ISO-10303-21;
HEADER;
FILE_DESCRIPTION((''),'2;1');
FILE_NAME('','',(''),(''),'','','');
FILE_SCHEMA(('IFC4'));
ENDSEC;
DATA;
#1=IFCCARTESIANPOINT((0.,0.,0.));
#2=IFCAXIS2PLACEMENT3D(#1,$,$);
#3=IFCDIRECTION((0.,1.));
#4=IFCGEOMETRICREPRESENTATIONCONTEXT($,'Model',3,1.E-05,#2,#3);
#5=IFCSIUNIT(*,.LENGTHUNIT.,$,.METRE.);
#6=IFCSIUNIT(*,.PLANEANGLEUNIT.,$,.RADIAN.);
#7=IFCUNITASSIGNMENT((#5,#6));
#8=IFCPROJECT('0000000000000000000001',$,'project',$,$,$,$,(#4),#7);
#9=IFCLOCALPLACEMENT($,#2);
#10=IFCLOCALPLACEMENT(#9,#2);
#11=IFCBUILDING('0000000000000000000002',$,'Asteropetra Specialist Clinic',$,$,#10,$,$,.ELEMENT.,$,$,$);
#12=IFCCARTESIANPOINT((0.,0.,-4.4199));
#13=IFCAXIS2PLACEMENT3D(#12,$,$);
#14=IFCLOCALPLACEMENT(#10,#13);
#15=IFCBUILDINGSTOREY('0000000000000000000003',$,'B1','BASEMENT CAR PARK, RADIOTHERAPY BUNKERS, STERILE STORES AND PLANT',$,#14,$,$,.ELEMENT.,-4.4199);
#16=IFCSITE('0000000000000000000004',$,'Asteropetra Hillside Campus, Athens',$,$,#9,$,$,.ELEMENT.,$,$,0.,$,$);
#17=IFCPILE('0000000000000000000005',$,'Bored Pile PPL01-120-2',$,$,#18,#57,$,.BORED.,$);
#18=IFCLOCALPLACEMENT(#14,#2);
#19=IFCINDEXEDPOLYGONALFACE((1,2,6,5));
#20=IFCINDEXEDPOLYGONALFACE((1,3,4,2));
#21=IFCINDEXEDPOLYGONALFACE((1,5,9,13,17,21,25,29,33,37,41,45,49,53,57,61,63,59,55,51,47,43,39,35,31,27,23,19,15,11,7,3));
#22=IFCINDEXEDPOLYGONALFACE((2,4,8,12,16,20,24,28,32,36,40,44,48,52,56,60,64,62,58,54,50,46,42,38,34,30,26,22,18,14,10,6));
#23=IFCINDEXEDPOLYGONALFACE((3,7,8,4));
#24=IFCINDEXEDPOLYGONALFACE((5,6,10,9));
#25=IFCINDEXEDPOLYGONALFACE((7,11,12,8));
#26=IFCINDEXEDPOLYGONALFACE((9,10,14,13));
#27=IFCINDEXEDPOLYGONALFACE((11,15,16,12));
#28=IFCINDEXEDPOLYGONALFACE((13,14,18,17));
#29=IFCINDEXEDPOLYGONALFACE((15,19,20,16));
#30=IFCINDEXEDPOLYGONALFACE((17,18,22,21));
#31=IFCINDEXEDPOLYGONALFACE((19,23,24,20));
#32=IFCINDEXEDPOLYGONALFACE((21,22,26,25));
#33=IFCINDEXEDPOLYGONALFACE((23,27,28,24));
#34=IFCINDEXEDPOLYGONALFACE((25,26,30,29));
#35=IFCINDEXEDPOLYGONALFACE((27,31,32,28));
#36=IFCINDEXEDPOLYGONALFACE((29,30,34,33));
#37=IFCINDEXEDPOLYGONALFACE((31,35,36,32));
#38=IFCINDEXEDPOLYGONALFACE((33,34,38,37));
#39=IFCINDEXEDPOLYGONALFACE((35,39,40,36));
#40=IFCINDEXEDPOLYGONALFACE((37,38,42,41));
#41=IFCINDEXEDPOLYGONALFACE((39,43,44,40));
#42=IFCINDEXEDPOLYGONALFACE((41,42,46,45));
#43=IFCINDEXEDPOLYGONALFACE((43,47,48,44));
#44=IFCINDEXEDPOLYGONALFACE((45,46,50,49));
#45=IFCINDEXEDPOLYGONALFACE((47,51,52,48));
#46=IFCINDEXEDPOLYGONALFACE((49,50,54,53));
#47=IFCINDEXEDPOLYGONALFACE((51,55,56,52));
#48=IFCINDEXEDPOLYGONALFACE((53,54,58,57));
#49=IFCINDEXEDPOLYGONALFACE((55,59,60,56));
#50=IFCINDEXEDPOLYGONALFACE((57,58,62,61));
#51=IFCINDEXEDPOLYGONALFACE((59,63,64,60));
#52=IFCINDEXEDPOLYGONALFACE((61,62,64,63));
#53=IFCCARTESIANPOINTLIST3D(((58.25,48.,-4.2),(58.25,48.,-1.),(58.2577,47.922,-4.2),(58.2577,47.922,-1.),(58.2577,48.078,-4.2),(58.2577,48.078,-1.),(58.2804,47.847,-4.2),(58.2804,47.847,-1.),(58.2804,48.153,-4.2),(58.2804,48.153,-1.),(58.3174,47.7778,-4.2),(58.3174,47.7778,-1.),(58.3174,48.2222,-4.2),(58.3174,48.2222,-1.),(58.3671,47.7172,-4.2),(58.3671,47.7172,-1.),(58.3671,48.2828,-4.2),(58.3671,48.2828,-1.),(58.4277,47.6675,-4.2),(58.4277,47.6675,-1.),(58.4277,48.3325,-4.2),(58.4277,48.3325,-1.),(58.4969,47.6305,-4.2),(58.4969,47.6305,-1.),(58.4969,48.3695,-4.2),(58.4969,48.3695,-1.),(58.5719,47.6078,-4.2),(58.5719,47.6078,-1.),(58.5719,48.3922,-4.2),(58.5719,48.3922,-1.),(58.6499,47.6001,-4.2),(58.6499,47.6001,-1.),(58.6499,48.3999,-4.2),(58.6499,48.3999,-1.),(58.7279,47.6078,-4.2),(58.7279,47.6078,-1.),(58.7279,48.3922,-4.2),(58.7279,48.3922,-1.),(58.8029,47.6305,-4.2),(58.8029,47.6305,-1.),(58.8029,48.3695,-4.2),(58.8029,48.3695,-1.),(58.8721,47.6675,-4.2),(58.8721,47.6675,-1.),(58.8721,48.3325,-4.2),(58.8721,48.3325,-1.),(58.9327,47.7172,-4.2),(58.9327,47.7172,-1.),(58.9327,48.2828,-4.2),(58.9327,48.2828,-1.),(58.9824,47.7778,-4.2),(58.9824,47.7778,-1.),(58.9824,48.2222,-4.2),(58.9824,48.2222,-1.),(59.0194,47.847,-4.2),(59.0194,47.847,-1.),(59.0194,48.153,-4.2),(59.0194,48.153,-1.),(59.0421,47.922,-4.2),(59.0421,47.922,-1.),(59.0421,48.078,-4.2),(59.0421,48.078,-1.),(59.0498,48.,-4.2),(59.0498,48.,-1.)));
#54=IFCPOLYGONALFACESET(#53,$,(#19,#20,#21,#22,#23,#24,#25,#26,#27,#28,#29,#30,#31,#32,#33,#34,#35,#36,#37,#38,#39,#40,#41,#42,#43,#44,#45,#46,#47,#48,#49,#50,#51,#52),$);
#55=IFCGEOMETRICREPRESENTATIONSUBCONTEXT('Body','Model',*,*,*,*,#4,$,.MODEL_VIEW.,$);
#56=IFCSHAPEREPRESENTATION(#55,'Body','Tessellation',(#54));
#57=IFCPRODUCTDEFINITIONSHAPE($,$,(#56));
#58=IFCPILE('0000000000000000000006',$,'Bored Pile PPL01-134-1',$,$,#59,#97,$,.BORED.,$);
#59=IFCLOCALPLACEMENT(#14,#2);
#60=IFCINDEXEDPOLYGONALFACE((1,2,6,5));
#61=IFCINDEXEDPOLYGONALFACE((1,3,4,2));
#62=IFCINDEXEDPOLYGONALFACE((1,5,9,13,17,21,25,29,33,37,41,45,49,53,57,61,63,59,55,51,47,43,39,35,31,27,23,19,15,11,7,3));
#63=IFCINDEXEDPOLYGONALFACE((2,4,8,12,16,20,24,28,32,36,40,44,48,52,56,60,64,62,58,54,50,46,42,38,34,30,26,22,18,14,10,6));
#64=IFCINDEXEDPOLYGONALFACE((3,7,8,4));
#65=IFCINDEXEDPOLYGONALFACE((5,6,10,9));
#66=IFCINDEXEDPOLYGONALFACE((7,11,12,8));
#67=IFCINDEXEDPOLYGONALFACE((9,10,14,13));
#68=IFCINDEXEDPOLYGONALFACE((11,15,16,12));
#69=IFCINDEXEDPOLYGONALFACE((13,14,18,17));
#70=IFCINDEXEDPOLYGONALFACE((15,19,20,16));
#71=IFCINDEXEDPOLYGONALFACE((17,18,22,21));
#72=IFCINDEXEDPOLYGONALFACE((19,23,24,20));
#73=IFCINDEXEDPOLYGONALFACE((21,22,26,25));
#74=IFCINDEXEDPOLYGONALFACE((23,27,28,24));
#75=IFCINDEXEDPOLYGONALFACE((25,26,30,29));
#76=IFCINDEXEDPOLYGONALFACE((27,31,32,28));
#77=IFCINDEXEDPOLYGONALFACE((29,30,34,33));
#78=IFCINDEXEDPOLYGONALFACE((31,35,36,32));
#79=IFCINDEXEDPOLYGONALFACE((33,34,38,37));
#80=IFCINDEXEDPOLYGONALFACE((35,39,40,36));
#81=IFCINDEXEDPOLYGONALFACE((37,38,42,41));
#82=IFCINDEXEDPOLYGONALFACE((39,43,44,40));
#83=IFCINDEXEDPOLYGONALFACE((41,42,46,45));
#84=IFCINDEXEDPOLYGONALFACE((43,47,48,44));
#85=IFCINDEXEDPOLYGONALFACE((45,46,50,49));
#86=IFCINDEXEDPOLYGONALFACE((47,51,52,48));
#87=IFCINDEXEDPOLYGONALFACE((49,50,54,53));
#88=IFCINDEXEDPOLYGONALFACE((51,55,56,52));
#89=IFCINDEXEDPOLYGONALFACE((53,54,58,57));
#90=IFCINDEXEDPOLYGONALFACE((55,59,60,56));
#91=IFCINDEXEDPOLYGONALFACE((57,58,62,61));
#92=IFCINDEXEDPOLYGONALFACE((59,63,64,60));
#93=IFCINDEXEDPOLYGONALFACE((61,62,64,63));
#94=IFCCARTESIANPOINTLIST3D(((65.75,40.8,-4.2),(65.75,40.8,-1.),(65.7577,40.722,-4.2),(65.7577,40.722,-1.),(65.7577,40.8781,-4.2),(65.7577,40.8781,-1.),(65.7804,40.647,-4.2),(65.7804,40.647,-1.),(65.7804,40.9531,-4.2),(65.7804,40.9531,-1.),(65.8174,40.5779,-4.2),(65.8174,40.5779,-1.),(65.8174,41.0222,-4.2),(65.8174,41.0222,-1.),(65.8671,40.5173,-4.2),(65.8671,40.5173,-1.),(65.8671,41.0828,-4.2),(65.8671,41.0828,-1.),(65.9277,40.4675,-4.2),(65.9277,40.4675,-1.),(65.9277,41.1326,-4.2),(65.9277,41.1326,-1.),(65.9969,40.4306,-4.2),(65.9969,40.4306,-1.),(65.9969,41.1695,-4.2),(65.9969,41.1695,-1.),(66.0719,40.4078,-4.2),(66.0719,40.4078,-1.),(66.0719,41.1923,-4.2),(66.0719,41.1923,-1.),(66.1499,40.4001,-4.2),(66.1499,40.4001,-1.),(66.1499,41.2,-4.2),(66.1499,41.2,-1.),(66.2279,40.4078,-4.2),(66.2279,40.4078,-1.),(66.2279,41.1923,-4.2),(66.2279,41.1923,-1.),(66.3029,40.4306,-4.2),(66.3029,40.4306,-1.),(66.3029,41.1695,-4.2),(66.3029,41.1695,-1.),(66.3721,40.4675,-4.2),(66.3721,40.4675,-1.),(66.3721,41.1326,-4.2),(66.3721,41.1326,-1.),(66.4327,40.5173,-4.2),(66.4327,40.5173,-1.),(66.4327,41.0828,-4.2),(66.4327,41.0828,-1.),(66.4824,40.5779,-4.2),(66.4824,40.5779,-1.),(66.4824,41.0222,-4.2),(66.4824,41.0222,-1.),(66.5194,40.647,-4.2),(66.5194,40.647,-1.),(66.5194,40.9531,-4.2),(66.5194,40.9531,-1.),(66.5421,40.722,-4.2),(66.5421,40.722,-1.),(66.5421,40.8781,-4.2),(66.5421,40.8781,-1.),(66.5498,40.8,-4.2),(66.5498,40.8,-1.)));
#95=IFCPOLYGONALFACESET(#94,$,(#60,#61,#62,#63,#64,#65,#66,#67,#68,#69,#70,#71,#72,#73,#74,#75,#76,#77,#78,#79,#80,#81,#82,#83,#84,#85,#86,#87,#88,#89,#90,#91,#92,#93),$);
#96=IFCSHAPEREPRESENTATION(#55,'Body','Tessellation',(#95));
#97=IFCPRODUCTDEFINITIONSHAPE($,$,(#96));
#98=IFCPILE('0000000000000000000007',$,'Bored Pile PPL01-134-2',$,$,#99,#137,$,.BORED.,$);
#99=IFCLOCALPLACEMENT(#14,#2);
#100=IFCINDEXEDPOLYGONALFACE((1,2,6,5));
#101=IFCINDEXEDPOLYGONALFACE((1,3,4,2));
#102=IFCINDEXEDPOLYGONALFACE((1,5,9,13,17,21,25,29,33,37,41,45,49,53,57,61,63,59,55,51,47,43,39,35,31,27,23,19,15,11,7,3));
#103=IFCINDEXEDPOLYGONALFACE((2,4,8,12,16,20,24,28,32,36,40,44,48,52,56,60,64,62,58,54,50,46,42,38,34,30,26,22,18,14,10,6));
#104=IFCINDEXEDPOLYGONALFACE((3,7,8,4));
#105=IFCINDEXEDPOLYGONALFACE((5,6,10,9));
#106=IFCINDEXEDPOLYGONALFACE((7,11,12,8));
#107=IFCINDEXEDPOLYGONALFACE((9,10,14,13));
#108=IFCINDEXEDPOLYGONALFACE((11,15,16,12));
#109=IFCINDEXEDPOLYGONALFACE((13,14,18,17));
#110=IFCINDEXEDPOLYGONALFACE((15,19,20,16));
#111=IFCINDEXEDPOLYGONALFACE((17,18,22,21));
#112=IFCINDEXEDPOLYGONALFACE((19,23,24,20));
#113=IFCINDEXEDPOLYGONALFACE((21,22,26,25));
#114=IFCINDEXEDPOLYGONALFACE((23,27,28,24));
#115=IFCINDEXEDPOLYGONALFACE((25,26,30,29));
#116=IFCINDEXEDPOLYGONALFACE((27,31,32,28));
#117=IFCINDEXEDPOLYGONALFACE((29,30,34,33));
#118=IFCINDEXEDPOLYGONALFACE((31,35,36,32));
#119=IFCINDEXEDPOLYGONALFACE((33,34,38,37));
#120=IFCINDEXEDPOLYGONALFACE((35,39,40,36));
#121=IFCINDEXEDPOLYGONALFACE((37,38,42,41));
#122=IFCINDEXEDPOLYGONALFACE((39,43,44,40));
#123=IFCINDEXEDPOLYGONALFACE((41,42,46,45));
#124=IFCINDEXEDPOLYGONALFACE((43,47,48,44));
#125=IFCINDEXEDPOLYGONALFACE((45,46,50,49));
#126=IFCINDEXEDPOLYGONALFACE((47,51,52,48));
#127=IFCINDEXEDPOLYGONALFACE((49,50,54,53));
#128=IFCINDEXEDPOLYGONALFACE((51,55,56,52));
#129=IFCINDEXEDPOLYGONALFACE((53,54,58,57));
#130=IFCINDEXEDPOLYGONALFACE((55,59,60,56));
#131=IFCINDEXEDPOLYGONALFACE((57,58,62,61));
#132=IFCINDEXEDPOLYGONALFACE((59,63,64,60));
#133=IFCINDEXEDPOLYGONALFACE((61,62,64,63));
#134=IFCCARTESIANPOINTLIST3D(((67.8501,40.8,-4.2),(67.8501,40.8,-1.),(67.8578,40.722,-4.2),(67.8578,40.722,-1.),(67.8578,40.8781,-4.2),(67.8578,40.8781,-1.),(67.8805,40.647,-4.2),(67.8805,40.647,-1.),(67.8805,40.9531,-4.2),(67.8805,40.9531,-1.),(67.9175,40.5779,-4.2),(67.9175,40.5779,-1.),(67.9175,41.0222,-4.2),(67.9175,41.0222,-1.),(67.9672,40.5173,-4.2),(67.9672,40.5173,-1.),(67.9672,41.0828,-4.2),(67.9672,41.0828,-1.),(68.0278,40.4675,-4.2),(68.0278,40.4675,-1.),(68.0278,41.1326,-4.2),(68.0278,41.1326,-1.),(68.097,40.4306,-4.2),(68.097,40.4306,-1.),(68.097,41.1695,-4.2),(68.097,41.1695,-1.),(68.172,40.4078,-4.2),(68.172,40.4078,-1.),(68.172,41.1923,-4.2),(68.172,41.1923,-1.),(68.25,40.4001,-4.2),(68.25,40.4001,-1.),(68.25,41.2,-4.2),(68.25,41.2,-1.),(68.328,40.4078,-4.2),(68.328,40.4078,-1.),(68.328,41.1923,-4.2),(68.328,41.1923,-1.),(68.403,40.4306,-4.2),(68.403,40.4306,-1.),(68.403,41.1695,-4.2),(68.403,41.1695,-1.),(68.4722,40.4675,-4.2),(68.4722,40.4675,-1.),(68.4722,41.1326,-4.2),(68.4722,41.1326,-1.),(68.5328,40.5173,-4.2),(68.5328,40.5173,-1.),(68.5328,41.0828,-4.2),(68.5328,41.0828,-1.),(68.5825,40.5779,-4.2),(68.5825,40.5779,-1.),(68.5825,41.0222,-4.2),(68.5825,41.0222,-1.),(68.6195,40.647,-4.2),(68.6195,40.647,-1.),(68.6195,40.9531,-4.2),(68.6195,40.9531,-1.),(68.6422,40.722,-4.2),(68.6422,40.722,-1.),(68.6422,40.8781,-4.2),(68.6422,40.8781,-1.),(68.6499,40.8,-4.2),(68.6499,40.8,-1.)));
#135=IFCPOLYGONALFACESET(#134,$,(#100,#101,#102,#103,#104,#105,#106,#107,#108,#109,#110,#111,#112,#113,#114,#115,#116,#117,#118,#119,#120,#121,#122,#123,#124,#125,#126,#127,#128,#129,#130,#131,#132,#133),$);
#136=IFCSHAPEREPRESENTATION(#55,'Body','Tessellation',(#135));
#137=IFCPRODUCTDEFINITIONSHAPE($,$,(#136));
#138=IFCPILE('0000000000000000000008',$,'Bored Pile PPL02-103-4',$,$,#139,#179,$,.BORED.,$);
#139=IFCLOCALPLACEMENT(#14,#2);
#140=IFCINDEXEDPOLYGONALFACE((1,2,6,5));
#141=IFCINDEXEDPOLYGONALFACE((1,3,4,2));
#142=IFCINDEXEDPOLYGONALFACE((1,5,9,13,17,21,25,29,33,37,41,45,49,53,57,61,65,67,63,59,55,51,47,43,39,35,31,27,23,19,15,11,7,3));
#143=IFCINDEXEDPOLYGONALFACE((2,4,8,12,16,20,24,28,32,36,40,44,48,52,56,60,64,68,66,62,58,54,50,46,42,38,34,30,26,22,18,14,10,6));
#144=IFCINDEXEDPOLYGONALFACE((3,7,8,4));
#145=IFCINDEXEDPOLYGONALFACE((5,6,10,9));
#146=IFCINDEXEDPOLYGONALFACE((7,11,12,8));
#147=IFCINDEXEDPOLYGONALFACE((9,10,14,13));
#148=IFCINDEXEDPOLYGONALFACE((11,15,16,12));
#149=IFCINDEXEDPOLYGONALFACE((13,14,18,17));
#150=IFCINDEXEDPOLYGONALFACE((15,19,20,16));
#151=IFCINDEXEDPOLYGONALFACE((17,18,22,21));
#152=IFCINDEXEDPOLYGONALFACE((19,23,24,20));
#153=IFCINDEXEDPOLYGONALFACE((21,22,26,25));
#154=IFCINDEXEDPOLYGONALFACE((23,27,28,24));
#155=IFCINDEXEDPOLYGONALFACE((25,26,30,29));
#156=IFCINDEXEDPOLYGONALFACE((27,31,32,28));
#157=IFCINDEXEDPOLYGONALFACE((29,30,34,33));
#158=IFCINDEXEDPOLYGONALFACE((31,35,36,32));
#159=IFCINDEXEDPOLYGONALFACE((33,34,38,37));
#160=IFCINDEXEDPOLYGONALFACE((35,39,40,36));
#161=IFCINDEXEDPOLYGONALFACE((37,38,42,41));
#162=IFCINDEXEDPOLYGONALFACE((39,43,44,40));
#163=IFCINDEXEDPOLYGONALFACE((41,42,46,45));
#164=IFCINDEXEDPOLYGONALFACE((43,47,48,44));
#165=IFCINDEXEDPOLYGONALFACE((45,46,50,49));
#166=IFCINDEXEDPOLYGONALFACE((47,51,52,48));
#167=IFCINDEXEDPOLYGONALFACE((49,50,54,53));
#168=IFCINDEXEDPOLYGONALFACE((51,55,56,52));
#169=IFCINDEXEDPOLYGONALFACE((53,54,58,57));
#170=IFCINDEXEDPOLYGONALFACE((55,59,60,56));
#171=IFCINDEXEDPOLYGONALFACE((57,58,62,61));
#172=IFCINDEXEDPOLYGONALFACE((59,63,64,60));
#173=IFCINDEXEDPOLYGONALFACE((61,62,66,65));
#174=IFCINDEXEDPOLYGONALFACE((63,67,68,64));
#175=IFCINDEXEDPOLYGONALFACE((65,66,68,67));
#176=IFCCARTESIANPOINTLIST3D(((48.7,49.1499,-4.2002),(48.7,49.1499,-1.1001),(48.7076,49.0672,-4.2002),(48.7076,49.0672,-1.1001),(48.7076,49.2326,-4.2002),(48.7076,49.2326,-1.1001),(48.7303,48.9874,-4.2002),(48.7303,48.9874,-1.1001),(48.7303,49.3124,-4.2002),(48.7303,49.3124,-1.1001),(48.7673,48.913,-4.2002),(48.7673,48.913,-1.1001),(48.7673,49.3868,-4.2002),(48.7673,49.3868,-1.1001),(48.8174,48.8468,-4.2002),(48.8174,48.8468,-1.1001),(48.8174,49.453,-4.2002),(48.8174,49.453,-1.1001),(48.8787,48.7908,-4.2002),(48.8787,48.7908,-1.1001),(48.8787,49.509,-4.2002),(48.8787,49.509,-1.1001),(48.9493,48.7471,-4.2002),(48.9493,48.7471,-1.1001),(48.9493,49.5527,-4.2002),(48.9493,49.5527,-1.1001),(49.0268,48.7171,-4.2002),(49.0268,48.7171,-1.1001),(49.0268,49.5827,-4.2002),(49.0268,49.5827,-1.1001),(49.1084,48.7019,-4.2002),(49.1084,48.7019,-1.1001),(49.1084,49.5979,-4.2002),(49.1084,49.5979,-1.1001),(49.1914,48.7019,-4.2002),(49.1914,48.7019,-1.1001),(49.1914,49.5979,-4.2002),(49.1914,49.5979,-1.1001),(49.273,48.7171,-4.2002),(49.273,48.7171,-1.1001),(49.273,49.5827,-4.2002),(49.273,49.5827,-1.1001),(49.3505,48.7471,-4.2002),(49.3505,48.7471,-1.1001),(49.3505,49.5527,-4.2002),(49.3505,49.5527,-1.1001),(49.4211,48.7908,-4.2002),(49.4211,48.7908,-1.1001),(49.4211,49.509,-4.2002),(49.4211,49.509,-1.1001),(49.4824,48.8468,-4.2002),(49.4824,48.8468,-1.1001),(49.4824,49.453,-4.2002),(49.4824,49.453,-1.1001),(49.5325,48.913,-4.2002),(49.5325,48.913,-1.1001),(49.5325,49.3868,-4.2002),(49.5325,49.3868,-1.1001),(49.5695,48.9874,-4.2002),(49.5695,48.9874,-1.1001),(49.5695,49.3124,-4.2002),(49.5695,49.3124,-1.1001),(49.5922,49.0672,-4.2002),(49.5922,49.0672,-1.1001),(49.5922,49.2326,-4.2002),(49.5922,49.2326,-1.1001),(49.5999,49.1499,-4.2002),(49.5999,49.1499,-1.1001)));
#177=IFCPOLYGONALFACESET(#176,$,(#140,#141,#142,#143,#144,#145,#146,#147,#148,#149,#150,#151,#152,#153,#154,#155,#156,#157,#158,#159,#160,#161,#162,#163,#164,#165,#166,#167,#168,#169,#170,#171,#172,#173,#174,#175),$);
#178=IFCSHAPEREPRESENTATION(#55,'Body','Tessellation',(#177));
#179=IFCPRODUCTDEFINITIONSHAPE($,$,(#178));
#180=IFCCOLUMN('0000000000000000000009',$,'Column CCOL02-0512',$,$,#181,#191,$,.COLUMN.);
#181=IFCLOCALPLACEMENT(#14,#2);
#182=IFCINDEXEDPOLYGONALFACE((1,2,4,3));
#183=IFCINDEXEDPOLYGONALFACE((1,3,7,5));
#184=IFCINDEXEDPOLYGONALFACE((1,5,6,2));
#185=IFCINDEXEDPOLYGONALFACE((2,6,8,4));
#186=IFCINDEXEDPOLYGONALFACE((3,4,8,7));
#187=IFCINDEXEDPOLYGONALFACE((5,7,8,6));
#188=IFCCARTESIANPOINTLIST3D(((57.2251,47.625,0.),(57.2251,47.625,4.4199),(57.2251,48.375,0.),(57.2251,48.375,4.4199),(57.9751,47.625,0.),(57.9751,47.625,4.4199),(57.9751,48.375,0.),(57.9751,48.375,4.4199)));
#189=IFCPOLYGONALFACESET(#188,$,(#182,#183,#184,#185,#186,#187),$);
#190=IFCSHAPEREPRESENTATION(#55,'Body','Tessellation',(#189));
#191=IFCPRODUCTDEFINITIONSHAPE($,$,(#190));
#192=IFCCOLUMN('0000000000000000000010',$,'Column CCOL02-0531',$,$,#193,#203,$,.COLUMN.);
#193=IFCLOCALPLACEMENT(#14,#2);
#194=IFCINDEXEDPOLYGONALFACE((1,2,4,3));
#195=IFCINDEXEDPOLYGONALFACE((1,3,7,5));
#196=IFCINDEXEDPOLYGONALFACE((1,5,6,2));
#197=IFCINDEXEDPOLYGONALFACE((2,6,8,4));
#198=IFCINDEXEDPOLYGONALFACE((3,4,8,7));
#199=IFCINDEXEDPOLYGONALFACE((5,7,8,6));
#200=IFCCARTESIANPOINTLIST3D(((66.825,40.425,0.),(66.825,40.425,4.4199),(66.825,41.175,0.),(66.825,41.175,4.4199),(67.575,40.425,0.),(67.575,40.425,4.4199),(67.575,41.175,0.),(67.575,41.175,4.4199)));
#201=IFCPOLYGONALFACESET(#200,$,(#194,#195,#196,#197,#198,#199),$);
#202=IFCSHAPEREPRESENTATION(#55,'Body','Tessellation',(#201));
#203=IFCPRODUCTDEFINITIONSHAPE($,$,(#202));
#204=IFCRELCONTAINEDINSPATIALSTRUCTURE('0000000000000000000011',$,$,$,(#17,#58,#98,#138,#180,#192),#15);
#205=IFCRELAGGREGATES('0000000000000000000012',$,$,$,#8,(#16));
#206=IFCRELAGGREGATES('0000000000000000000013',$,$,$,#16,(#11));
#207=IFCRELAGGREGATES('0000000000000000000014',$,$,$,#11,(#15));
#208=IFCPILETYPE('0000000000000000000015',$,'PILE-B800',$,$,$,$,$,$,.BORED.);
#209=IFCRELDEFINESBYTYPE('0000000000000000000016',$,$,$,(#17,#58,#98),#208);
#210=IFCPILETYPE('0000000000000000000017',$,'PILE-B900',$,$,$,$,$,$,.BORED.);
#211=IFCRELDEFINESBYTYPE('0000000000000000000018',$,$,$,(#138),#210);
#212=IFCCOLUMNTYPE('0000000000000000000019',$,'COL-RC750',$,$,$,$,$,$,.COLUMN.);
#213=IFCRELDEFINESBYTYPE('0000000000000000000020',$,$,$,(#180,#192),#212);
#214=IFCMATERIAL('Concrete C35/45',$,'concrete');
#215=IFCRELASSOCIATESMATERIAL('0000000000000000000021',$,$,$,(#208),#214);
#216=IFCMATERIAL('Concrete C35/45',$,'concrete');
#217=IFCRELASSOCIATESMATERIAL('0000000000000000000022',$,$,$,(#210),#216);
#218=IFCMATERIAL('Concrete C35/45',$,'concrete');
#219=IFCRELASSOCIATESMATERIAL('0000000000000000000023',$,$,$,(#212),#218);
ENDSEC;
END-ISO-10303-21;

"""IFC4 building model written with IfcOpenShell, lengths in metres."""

from ifc_helpers import new_model, si_unit, direction, frame, origin, origin_2d, place, context, subcontext, project, spatial, rectangle, circle, extrude, material, material_profile, profile_set, type_object, element, save


model = new_model("IFC4")

# Units and contexts
model_context = context("Model", 3, precision=1e-05, world=origin(), true_north=direction((0.0, 1.0)))
body_context = subcontext(model_context, "Body", "Model", "MODEL_VIEW")
ifc_project = project(units=[si_unit("LENGTHUNIT", "METRE"), si_unit("PLANEANGLEUNIT", "RADIAN")], contexts=[model_context])

# Site, building, storey
site_placement = place(None, origin())
site = spatial("IfcSite", under=ifc_project, at=site_placement, Name="Asteropetra Hillside Campus, Athens", CompositionType="ELEMENT", RefElevation=0.0)
building_placement = place(site_placement, origin())
building = spatial("IfcBuilding", under=site, at=building_placement, Name="Asteropetra Specialist Clinic", CompositionType="ELEMENT")
storey_placement = place(building_placement, frame((0.0, 0.0, -4.4199)))
storey = spatial("IfcBuildingStorey", under=building, at=storey_placement, Name="B1", Description="BASEMENT CAR PARK, RADIOTHERAPY BUNKERS, STERILE STORES AND PLANT", CompositionType="ELEMENT", Elevation=-4.4199)

# Piles
ifc_material_1 = material(Name="Concrete C35/45", Category="concrete")
ifc_material_profile_1 = material_profile(ifc_material_1, circle(Radius=0.3999, at=origin_2d()), Name="PILE D800")
ifc_profile_set_1 = profile_set([ifc_material_profile_1], Name="Concrete C35/45")
pile_type_1 = type_object("IfcPileType", Name="PILE-B800", PredefinedType="BORED", material=ifc_profile_set_1)
for number, where, z_axis, x_axis, name in (
    (1, (58.6499, 48.0, -1.0), (0.0, 0.0, -1.0), (1.0, 0.0, 0.0), "Bored Pile PPL01-120-2"),
    (2, (66.1499, 40.8, -1.0), (0.0, 0.0, -1.0), (1.0, 0.0, 0.0), "Bored Pile PPL01-134-1"),
    (3, (68.25, 40.8, -1.0), (0.0, 0.0, -1.0), (1.0, 0.0, 0.0), "Bored Pile PPL01-134-2"),
):
    element("IfcPile", number, at=place(storey_placement, frame(where, z_axis=z_axis, x_axis=x_axis)), inside=storey, type_object=pile_type_1, Name=name, PredefinedType="BORED", context=body_context, shape_type="SweptSolid", body=[
        extrude(circle(Radius=0.3999, at=origin_2d()), origin(), (0.0, 0.0, 1.0), 3.2),
    ])
ifc_material_2 = material(Name="Concrete C35/45", Category="concrete")
ifc_material_profile_2 = material_profile(ifc_material_2, circle(Radius=0.45, at=origin_2d()), Name="PILE D900")
ifc_profile_set_2 = profile_set([ifc_material_profile_2], Name="Concrete C35/45")
pile_type_2 = type_object("IfcPileType", Name="PILE-B900", PredefinedType="BORED", material=ifc_profile_set_2)
pile_placement = place(storey_placement, frame((49.1499, 49.1499, -1.1001), z_axis=(0.0, 0.0, -1.0), x_axis=(1.0, 0.0, 0.0)))
element("IfcPile", 4, at=pile_placement, inside=storey, type_object=pile_type_2, Name="Bored Pile PPL02-103-4", PredefinedType="BORED", context=body_context, shape_type="SweptSolid", body=[
    extrude(circle(Radius=0.45, at=origin_2d()), origin(), (0.0, 0.0, 1.0), 3.1001),
])

# Columns
ifc_material_3 = material(Name="Concrete C35/45", Category="concrete")
ifc_material_profile_3 = material_profile(ifc_material_3, rectangle(XDim=0.75, YDim=0.75, at=origin_2d()), Name="RC 750x750")
ifc_profile_set_3 = profile_set([ifc_material_profile_3], Name="Concrete C35/45")
column_type = type_object("IfcColumnType", Name="COL-RC750", PredefinedType="COLUMN", material=ifc_profile_set_3)
for number, where, z_axis, x_axis, name in (
    (5, (57.6001, 48.0, 0.0), (0.0, 0.0, 1.0), (1.0, 0.0, 0.0), "Column CCOL02-0512"),
    (6, (67.2, 40.8, 0.0), (0.0, 0.0, 1.0), (1.0, 0.0, 0.0), "Column CCOL02-0531"),
):
    element("IfcColumn", number, at=place(storey_placement, frame(where, z_axis=z_axis, x_axis=x_axis)), inside=storey, type_object=column_type, Name=name, PredefinedType="COLUMN", context=body_context, shape_type="SweptSolid", body=[
        extrude(rectangle(XDim=0.75, YDim=0.75, at=origin_2d()), origin(), (0.0, 0.0, 1.0), 4.4199),
    ])

save(model, "model.ifc")
